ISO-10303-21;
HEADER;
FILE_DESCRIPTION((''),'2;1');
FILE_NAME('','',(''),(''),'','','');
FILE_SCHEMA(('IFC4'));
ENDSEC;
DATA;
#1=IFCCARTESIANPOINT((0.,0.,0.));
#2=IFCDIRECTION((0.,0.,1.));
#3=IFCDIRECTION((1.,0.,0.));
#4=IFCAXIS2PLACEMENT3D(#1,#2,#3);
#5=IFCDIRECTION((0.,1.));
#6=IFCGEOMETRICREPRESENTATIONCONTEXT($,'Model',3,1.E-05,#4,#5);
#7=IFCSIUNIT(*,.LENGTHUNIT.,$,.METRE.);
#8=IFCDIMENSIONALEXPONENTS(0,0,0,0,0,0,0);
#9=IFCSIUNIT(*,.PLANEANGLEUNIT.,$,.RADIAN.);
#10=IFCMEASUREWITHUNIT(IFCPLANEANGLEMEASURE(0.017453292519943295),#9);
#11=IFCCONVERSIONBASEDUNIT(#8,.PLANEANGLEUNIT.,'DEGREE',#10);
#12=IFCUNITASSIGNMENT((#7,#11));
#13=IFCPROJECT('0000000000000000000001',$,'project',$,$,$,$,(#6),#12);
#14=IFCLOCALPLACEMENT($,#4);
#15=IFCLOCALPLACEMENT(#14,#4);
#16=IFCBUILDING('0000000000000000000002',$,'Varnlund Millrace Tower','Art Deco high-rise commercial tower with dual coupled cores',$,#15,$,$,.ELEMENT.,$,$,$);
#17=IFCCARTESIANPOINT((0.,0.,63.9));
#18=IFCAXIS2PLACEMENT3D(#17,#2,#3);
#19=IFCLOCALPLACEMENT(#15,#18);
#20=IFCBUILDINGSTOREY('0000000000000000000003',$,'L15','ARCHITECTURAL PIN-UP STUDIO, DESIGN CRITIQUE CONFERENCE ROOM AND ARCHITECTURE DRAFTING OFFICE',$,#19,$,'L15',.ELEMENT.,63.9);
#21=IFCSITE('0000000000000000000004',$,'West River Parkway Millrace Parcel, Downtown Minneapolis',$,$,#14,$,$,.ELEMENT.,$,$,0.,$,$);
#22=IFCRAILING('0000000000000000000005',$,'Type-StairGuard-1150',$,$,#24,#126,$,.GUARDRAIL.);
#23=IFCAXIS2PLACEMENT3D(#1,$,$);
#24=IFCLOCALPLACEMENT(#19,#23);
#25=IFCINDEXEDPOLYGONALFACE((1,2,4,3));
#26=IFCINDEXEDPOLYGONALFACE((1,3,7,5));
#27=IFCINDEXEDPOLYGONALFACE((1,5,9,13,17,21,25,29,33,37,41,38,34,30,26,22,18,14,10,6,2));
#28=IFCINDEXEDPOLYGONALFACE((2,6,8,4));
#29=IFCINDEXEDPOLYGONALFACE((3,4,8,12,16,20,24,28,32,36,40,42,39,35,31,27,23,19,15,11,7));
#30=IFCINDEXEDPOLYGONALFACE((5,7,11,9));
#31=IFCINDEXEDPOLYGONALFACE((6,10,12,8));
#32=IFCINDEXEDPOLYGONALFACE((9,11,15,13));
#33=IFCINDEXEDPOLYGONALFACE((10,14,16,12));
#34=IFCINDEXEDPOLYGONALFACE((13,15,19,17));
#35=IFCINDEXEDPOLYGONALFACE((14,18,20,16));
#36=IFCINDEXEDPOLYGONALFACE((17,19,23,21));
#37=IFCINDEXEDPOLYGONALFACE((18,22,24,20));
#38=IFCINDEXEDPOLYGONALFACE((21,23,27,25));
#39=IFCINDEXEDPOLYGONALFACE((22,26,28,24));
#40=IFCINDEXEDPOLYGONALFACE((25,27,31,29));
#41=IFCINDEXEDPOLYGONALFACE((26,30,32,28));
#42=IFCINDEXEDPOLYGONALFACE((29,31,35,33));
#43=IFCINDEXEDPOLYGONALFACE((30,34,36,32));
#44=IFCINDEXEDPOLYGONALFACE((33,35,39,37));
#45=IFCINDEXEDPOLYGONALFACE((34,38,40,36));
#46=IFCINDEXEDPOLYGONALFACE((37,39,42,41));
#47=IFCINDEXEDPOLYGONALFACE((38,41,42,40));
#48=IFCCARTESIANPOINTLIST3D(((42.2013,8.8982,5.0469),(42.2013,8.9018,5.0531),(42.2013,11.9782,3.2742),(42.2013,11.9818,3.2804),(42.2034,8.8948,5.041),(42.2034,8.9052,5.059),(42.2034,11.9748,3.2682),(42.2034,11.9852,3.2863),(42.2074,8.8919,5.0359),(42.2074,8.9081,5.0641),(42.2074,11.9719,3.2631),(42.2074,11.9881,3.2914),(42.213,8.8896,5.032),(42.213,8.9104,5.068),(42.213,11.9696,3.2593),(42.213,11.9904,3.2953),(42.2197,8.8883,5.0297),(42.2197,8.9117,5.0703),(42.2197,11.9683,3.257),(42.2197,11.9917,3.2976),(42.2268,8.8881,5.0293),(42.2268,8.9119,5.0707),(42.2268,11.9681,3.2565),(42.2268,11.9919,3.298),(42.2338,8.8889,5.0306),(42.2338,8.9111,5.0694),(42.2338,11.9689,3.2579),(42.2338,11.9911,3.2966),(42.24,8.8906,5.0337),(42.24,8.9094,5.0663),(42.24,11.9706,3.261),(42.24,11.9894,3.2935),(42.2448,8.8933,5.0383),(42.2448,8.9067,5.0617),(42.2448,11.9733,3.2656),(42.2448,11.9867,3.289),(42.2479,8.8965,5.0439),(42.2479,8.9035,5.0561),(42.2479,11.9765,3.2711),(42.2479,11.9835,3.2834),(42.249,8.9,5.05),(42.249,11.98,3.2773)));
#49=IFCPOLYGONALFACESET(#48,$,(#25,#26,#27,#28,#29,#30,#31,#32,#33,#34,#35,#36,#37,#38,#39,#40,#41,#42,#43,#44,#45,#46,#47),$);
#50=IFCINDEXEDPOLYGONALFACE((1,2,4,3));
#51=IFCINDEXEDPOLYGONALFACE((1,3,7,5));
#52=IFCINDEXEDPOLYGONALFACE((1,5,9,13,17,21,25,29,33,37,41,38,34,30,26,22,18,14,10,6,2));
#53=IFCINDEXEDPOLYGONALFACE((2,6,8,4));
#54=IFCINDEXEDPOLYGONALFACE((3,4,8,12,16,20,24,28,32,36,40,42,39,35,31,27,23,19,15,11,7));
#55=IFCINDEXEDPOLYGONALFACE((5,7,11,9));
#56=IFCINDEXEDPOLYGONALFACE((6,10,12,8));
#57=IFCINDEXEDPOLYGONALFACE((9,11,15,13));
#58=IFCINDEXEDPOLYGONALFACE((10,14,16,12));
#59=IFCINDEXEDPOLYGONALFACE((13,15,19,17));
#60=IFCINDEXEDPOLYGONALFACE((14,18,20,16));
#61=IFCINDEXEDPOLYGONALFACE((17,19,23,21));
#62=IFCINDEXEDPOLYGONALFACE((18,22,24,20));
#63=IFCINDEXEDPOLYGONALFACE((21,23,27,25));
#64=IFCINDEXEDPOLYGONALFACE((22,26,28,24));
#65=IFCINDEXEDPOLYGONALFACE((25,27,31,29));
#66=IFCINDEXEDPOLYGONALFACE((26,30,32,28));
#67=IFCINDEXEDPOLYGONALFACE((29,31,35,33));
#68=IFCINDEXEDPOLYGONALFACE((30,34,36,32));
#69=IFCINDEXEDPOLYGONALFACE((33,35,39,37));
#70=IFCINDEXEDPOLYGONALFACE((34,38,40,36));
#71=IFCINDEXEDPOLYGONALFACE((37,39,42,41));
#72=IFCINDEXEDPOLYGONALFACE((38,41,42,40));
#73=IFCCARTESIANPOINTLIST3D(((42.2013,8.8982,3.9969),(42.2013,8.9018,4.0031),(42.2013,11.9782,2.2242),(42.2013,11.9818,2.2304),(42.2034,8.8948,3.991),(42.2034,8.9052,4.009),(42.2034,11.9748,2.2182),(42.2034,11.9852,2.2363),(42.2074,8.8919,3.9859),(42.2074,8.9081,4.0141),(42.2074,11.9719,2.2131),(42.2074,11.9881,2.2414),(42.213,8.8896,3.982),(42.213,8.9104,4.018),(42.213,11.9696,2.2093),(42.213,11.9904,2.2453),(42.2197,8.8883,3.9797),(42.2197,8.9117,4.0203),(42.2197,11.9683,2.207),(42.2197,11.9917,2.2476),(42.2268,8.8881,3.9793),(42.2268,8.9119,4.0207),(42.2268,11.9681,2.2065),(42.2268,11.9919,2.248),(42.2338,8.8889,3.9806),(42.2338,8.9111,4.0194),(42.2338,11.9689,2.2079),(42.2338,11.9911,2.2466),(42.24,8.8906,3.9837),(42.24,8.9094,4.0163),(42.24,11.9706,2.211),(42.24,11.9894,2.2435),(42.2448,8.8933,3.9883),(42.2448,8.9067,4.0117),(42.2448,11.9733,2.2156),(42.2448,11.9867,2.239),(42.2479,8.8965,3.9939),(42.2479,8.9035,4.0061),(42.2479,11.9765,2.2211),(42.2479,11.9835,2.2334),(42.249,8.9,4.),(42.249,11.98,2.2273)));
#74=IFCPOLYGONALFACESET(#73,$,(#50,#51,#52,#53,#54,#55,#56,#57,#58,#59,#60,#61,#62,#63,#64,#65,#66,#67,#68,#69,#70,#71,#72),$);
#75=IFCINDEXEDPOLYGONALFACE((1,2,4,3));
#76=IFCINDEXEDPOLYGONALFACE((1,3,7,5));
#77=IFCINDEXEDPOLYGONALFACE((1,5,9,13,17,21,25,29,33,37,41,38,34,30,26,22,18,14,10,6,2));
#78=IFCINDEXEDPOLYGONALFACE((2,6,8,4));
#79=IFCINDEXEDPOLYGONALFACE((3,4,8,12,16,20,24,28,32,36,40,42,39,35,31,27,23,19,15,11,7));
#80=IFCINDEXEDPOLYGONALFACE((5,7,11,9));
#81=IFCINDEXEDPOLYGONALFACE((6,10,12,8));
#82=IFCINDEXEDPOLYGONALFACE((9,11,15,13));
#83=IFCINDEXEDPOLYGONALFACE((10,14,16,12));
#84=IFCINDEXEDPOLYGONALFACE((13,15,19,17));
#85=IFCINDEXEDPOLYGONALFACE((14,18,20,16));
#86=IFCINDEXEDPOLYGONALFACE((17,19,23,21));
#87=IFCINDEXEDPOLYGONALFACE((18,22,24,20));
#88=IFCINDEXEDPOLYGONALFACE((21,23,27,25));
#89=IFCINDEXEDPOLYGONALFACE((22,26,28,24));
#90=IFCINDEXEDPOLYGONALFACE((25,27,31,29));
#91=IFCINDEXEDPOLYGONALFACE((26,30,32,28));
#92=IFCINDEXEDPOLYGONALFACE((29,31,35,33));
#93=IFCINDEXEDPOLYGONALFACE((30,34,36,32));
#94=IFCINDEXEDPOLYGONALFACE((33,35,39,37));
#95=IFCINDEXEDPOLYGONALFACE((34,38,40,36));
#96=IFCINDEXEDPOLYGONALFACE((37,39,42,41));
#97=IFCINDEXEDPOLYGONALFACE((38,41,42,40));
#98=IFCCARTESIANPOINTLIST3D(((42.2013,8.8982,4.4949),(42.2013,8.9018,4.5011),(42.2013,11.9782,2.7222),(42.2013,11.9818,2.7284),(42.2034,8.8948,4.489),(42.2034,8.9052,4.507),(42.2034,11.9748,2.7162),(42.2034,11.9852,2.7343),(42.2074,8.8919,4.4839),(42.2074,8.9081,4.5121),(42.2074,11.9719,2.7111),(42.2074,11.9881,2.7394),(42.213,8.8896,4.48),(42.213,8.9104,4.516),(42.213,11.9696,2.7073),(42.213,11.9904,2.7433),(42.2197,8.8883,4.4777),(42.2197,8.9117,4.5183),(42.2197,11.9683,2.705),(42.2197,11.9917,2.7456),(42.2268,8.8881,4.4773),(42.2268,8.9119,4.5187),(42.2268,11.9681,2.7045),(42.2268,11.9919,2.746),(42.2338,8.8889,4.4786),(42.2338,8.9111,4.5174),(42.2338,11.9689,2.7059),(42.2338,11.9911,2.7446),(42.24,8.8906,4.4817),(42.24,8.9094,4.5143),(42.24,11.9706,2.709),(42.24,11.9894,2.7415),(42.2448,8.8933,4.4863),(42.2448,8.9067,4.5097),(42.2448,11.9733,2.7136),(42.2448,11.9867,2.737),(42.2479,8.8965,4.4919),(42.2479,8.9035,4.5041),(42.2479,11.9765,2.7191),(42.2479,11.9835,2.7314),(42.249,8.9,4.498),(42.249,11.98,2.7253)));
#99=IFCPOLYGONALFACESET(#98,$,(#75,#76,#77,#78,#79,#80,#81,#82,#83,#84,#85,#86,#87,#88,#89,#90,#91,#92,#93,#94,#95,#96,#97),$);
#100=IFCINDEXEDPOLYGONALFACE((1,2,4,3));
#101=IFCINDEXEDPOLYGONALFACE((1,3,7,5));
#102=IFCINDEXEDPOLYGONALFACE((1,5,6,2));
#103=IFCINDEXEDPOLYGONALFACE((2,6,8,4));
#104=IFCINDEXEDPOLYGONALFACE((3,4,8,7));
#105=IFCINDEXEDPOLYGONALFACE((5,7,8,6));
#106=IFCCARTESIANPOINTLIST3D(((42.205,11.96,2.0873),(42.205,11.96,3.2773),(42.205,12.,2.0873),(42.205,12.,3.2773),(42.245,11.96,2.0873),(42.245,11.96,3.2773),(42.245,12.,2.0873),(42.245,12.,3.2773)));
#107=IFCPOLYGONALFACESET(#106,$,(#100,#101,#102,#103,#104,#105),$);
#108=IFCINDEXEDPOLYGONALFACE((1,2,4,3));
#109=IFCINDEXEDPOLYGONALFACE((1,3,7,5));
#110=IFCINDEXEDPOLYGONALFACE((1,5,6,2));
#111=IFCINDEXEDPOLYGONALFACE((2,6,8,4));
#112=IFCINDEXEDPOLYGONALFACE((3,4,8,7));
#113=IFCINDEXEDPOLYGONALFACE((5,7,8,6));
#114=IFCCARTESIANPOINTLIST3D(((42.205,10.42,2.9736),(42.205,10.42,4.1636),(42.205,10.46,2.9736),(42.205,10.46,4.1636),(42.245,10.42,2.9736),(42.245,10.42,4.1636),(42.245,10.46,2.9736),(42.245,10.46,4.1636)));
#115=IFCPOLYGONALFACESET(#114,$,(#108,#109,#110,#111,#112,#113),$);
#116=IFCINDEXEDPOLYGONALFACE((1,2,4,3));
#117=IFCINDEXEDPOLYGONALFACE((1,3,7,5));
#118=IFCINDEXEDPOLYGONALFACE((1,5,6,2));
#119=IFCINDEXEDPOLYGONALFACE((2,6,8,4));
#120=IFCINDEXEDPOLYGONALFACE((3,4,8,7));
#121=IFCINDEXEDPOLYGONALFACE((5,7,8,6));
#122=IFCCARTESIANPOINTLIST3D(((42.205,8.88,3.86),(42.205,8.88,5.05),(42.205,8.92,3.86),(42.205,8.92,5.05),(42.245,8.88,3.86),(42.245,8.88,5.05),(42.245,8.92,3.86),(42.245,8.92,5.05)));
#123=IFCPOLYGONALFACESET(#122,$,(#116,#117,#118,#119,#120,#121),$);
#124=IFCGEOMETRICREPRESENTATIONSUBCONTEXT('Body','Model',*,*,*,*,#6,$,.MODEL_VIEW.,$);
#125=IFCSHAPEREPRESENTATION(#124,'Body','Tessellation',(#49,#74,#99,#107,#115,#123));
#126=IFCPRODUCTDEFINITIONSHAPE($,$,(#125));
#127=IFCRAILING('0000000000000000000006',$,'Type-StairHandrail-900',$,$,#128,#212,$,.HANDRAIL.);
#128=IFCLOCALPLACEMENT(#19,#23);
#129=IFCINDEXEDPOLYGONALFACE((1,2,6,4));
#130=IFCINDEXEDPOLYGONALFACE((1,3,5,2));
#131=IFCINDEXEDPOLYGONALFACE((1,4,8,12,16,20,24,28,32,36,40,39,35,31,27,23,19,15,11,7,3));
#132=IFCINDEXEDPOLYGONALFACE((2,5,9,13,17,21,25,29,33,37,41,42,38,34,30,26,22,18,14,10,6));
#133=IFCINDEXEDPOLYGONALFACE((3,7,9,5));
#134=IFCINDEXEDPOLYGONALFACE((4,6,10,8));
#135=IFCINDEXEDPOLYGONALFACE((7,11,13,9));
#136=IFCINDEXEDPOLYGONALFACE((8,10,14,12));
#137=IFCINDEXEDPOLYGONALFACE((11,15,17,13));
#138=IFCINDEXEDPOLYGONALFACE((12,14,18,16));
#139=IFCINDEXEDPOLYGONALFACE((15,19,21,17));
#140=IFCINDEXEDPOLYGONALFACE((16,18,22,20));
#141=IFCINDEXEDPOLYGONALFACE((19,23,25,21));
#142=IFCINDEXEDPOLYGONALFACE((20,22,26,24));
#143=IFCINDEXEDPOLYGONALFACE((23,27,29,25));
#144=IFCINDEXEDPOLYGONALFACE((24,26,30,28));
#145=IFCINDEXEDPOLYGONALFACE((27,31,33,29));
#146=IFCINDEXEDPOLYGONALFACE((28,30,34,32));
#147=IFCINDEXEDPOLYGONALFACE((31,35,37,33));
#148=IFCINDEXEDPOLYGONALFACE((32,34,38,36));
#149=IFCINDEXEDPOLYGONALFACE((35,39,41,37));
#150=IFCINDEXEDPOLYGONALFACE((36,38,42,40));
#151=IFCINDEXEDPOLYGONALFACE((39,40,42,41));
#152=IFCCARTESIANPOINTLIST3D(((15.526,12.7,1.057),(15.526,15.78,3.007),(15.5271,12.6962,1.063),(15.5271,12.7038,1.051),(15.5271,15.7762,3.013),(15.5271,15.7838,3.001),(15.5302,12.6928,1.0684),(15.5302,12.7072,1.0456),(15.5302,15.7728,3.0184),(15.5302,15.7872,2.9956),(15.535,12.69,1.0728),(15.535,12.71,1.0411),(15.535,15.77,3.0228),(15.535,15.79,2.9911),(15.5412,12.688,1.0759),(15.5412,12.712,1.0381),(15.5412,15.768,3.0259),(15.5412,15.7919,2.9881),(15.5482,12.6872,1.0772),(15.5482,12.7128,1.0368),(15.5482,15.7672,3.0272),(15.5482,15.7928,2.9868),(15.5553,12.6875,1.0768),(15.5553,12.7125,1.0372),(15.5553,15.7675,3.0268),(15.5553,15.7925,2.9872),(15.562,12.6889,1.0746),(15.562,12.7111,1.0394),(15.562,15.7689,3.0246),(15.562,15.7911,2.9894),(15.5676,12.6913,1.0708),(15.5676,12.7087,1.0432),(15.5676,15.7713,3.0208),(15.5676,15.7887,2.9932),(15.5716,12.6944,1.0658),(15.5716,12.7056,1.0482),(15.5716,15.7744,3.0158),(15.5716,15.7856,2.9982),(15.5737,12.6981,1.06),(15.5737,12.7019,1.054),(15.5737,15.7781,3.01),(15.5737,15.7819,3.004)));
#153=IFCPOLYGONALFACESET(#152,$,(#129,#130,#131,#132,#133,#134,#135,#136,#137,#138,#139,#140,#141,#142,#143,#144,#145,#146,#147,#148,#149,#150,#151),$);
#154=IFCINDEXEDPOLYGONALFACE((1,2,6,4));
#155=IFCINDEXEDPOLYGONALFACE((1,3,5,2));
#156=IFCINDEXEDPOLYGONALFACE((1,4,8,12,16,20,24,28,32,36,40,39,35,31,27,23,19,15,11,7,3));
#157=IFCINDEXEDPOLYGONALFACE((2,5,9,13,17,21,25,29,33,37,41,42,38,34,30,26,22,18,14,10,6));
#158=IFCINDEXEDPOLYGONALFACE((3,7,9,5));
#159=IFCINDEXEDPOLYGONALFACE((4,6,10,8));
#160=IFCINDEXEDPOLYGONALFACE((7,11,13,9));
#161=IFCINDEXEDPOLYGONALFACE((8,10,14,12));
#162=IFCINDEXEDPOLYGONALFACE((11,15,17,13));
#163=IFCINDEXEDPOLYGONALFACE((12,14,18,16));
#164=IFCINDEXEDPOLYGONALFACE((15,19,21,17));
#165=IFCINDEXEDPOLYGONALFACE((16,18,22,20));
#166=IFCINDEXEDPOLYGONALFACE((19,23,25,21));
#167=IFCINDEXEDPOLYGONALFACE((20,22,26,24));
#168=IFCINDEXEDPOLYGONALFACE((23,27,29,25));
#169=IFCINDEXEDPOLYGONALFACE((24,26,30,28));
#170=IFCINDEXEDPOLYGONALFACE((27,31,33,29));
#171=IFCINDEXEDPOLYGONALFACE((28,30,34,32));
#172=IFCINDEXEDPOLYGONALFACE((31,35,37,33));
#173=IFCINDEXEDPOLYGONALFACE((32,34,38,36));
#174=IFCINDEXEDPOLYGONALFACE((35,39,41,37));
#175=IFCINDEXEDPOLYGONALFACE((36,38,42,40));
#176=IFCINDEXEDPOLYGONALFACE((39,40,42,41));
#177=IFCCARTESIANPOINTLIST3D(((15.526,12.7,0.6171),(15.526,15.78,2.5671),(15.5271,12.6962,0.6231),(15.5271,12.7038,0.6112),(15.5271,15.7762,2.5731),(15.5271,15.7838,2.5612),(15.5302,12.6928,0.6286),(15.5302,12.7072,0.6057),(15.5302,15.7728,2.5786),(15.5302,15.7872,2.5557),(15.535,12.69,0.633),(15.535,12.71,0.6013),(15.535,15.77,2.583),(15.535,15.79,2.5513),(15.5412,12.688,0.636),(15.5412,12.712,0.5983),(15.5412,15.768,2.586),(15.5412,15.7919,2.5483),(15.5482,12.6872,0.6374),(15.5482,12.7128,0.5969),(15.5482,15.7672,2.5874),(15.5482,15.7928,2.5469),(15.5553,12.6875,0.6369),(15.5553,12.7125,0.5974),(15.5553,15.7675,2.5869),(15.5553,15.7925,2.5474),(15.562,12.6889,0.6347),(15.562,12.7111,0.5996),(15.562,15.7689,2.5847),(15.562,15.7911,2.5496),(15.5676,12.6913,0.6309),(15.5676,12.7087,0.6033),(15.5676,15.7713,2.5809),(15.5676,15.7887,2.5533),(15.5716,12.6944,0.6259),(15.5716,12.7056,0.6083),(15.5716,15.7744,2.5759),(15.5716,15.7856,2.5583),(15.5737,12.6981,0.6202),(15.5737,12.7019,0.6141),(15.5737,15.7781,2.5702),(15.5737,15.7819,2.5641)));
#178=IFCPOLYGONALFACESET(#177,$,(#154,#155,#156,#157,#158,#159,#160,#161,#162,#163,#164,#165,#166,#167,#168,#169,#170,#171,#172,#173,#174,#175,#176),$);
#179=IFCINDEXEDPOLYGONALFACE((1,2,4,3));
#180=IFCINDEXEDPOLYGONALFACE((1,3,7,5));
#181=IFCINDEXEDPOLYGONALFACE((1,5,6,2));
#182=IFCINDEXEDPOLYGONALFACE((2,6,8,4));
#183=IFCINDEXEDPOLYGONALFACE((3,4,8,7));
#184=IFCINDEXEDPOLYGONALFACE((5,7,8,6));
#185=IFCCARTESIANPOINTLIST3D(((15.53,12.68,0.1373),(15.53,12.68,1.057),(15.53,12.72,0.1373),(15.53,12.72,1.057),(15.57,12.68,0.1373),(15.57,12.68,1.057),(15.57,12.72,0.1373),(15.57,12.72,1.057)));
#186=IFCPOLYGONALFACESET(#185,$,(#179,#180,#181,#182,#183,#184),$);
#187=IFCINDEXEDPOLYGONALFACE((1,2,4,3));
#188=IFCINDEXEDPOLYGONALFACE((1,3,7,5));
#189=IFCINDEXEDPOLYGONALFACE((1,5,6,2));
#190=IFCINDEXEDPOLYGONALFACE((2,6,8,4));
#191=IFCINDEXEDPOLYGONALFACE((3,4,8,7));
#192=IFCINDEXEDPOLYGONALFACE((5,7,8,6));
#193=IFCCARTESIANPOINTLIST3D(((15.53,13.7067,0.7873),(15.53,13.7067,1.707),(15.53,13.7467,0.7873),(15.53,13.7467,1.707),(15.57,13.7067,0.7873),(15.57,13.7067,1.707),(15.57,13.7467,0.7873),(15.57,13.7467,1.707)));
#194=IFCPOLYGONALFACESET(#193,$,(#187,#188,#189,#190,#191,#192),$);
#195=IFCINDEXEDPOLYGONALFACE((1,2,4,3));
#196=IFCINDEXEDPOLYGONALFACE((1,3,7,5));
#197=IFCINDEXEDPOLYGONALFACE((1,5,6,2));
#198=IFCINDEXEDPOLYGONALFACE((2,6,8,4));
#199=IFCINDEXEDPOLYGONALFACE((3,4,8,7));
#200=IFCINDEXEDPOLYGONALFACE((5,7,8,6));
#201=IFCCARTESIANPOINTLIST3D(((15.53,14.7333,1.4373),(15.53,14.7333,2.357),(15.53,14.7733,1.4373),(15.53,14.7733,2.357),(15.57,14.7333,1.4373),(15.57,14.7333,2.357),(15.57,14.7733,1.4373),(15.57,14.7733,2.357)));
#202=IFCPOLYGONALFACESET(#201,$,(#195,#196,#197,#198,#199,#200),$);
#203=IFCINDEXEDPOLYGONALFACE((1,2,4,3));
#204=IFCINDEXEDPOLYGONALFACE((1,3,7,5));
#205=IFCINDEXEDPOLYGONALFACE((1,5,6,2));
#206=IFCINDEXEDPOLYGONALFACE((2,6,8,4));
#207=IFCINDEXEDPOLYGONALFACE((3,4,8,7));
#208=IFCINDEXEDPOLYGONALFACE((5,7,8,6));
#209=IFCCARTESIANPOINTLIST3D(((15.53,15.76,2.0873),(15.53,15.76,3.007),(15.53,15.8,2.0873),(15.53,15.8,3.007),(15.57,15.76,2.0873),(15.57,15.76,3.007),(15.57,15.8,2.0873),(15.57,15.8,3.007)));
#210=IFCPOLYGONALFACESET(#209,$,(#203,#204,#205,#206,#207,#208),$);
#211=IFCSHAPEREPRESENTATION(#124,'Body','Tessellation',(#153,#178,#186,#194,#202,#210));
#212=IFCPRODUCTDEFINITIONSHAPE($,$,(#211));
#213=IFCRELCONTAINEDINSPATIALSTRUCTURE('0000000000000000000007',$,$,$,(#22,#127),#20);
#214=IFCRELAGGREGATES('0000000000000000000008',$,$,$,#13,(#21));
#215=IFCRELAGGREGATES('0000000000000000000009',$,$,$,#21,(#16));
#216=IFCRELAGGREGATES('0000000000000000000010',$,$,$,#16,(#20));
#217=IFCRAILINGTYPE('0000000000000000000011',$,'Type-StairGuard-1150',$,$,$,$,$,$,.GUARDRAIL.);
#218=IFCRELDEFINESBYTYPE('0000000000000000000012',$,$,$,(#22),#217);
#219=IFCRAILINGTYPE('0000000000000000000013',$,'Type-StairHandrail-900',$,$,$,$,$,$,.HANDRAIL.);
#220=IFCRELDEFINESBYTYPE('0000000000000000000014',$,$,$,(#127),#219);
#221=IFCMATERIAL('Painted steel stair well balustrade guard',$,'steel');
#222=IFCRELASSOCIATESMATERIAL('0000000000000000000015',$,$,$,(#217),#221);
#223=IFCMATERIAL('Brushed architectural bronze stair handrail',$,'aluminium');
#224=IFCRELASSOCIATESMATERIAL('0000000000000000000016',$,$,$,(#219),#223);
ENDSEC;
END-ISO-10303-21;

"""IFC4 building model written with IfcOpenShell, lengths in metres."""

from ifc_helpers import new_model, entity, si_unit, converted_unit, direction, frame, origin_with_axes, origin_2d_with_axis, place, context, subcontext, project, spatial, rectangle, circle, extrude, material, type_object, element, save


model = new_model("IFC4")

# Units and contexts
model_context = context("Model", 3, precision=1e-05, world=origin_with_axes(), true_north=direction((0.0, 1.0)))
body_context = subcontext(model_context, "Body", "Model", "MODEL_VIEW")
ifc_project = project(units=[si_unit("LENGTHUNIT", "METRE"), converted_unit("PLANEANGLEUNIT", "DEGREE", entity("IfcPlaneAngleMeasure", 0.017453292519943295), si_unit("PLANEANGLEUNIT", "RADIAN"), dimensions=[0, 0, 0, 0, 0, 0, 0])], contexts=[model_context])

# Site, building, storey
site_placement = place(None, origin_with_axes())
site = spatial("IfcSite", under=ifc_project, at=site_placement, Name="West River Parkway Millrace Parcel, Downtown Minneapolis", CompositionType="ELEMENT", RefElevation=0.0)
building_placement = place(site_placement, origin_with_axes())
building = spatial("IfcBuilding", under=site, at=building_placement, Name="Varnlund Millrace Tower", Description="Art Deco high-rise commercial tower with dual coupled cores", CompositionType="ELEMENT")
storey_placement = place(building_placement, frame((0.0, 0.0, 63.9), z_axis=(0.0, 0.0, 1.0), x_axis=(1.0, 0.0, 0.0)))
storey = spatial("IfcBuildingStorey", under=building, at=storey_placement, Name="L15", Description="ARCHITECTURAL PIN-UP STUDIO, DESIGN CRITIQUE CONFERENCE ROOM AND ARCHITECTURE DRAFTING OFFICE", LongName="L15", CompositionType="ELEMENT", Elevation=63.9)

# Railings
ifc_material_1 = material(Name="Painted steel stair well balustrade guard", Category="steel")
railing_type_1 = type_object("IfcRailingType", Name="Type-StairGuard-1150", PredefinedType="GUARDRAIL", material=ifc_material_1)
railing_1_placement = place(storey_placement, frame((0.0, 0.0, -63.9), z_axis=(0.0, 0.0, 1.0), x_axis=(1.0, 0.0, 0.0)))
element("IfcRailing", 1, at=railing_1_placement, inside=storey, type_object=railing_type_1, Name="Type-StairGuard-1150", PredefinedType="GUARDRAIL", context=body_context, shape_type="SweptSolid", body=[
    extrude(circle(Radius=0.024, at=origin_2d_with_axis()), frame((42.225, 11.98, 67.1773), z_axis=(0.0, -0.866696, 0.498836), x_axis=(1.0, 0.0, 0.0)), (0.0, 0.0, 1.0), 3.5537),
    extrude(circle(Radius=0.024, at=origin_2d_with_axis()), frame((42.225, 11.98, 66.1273), z_axis=(0.0, -0.866696, 0.498836), x_axis=(1.0, 0.0, 0.0)), (0.0, 0.0, 1.0), 3.5537),
    extrude(circle(Radius=0.024, at=origin_2d_with_axis()), frame((42.225, 11.98, 66.6253), z_axis=(0.0, -0.866696, 0.498836), x_axis=(1.0, 0.0, 0.0)), (0.0, 0.0, 1.0), 3.5537),
    extrude(rectangle(XDim=0.04, YDim=0.04, at=origin_2d_with_axis()), frame((42.225, 11.98, 65.9873), z_axis=(0.0, 0.0, 1.0), x_axis=(1.0, 0.0, 0.0)), (0.0, 0.0, 1.0), 1.19),
    extrude(rectangle(XDim=0.04, YDim=0.04, at=origin_2d_with_axis()), frame((42.225, 10.44, 66.8736), z_axis=(0.0, 0.0, 1.0), x_axis=(1.0, 0.0, 0.0)), (0.0, 0.0, 1.0), 1.19),
    extrude(rectangle(XDim=0.04, YDim=0.04, at=origin_2d_with_axis()), frame((42.225, 8.9, 67.76), z_axis=(0.0, 0.0, 1.0), x_axis=(1.0, 0.0, 0.0)), (0.0, 0.0, 1.0), 1.19),
])
ifc_material_2 = material(Name="Brushed architectural bronze stair handrail", Category="aluminium")
railing_type_2 = type_object("IfcRailingType", Name="Type-StairHandrail-900", PredefinedType="HANDRAIL", material=ifc_material_2)
railing_2_placement = place(storey_placement, frame((0.0, 0.0, -63.9), z_axis=(0.0, 0.0, 1.0), x_axis=(1.0, 0.0, 0.0)))
element("IfcRailing", 2, at=railing_2_placement, inside=storey, type_object=railing_type_2, Name="Type-StairHandrail-900", PredefinedType="HANDRAIL", context=body_context, shape_type="SweptSolid", body=[
    extrude(circle(Radius=0.024, at=origin_2d_with_axis()), frame((15.55, 12.7, 64.957), z_axis=(0.0, 0.844902, 0.534922), x_axis=(-1.0, 0.0, 0.0)), (0.0, 0.0, 1.0), 3.6454),
    extrude(circle(Radius=0.024, at=origin_2d_with_axis()), frame((15.55, 12.7, 64.5171), z_axis=(0.0, 0.844902, 0.534922), x_axis=(-1.0, 0.0, 0.0)), (0.0, 0.0, 1.0), 3.6454),
    extrude(rectangle(XDim=0.04, YDim=0.04, at=origin_2d_with_axis()), frame((15.55, 12.7, 64.0373), z_axis=(0.0, 0.0, 1.0), x_axis=(1.0, 0.0, 0.0)), (0.0, 0.0, 1.0), 0.9197),
    extrude(rectangle(XDim=0.04, YDim=0.04, at=origin_2d_with_axis()), frame((15.55, 13.7267, 64.6873), z_axis=(0.0, 0.0, 1.0), x_axis=(1.0, 0.0, 0.0)), (0.0, 0.0, 1.0), 0.9197),
    extrude(rectangle(XDim=0.04, YDim=0.04, at=origin_2d_with_axis()), frame((15.55, 14.7533, 65.3373), z_axis=(0.0, 0.0, 1.0), x_axis=(1.0, 0.0, 0.0)), (0.0, 0.0, 1.0), 0.9197),
    extrude(rectangle(XDim=0.04, YDim=0.04, at=origin_2d_with_axis()), frame((15.55, 15.78, 65.9873), z_axis=(0.0, 0.0, 1.0), x_axis=(1.0, 0.0, 0.0)), (0.0, 0.0, 1.0), 0.9197),
])

save(model, "model.ifc")
